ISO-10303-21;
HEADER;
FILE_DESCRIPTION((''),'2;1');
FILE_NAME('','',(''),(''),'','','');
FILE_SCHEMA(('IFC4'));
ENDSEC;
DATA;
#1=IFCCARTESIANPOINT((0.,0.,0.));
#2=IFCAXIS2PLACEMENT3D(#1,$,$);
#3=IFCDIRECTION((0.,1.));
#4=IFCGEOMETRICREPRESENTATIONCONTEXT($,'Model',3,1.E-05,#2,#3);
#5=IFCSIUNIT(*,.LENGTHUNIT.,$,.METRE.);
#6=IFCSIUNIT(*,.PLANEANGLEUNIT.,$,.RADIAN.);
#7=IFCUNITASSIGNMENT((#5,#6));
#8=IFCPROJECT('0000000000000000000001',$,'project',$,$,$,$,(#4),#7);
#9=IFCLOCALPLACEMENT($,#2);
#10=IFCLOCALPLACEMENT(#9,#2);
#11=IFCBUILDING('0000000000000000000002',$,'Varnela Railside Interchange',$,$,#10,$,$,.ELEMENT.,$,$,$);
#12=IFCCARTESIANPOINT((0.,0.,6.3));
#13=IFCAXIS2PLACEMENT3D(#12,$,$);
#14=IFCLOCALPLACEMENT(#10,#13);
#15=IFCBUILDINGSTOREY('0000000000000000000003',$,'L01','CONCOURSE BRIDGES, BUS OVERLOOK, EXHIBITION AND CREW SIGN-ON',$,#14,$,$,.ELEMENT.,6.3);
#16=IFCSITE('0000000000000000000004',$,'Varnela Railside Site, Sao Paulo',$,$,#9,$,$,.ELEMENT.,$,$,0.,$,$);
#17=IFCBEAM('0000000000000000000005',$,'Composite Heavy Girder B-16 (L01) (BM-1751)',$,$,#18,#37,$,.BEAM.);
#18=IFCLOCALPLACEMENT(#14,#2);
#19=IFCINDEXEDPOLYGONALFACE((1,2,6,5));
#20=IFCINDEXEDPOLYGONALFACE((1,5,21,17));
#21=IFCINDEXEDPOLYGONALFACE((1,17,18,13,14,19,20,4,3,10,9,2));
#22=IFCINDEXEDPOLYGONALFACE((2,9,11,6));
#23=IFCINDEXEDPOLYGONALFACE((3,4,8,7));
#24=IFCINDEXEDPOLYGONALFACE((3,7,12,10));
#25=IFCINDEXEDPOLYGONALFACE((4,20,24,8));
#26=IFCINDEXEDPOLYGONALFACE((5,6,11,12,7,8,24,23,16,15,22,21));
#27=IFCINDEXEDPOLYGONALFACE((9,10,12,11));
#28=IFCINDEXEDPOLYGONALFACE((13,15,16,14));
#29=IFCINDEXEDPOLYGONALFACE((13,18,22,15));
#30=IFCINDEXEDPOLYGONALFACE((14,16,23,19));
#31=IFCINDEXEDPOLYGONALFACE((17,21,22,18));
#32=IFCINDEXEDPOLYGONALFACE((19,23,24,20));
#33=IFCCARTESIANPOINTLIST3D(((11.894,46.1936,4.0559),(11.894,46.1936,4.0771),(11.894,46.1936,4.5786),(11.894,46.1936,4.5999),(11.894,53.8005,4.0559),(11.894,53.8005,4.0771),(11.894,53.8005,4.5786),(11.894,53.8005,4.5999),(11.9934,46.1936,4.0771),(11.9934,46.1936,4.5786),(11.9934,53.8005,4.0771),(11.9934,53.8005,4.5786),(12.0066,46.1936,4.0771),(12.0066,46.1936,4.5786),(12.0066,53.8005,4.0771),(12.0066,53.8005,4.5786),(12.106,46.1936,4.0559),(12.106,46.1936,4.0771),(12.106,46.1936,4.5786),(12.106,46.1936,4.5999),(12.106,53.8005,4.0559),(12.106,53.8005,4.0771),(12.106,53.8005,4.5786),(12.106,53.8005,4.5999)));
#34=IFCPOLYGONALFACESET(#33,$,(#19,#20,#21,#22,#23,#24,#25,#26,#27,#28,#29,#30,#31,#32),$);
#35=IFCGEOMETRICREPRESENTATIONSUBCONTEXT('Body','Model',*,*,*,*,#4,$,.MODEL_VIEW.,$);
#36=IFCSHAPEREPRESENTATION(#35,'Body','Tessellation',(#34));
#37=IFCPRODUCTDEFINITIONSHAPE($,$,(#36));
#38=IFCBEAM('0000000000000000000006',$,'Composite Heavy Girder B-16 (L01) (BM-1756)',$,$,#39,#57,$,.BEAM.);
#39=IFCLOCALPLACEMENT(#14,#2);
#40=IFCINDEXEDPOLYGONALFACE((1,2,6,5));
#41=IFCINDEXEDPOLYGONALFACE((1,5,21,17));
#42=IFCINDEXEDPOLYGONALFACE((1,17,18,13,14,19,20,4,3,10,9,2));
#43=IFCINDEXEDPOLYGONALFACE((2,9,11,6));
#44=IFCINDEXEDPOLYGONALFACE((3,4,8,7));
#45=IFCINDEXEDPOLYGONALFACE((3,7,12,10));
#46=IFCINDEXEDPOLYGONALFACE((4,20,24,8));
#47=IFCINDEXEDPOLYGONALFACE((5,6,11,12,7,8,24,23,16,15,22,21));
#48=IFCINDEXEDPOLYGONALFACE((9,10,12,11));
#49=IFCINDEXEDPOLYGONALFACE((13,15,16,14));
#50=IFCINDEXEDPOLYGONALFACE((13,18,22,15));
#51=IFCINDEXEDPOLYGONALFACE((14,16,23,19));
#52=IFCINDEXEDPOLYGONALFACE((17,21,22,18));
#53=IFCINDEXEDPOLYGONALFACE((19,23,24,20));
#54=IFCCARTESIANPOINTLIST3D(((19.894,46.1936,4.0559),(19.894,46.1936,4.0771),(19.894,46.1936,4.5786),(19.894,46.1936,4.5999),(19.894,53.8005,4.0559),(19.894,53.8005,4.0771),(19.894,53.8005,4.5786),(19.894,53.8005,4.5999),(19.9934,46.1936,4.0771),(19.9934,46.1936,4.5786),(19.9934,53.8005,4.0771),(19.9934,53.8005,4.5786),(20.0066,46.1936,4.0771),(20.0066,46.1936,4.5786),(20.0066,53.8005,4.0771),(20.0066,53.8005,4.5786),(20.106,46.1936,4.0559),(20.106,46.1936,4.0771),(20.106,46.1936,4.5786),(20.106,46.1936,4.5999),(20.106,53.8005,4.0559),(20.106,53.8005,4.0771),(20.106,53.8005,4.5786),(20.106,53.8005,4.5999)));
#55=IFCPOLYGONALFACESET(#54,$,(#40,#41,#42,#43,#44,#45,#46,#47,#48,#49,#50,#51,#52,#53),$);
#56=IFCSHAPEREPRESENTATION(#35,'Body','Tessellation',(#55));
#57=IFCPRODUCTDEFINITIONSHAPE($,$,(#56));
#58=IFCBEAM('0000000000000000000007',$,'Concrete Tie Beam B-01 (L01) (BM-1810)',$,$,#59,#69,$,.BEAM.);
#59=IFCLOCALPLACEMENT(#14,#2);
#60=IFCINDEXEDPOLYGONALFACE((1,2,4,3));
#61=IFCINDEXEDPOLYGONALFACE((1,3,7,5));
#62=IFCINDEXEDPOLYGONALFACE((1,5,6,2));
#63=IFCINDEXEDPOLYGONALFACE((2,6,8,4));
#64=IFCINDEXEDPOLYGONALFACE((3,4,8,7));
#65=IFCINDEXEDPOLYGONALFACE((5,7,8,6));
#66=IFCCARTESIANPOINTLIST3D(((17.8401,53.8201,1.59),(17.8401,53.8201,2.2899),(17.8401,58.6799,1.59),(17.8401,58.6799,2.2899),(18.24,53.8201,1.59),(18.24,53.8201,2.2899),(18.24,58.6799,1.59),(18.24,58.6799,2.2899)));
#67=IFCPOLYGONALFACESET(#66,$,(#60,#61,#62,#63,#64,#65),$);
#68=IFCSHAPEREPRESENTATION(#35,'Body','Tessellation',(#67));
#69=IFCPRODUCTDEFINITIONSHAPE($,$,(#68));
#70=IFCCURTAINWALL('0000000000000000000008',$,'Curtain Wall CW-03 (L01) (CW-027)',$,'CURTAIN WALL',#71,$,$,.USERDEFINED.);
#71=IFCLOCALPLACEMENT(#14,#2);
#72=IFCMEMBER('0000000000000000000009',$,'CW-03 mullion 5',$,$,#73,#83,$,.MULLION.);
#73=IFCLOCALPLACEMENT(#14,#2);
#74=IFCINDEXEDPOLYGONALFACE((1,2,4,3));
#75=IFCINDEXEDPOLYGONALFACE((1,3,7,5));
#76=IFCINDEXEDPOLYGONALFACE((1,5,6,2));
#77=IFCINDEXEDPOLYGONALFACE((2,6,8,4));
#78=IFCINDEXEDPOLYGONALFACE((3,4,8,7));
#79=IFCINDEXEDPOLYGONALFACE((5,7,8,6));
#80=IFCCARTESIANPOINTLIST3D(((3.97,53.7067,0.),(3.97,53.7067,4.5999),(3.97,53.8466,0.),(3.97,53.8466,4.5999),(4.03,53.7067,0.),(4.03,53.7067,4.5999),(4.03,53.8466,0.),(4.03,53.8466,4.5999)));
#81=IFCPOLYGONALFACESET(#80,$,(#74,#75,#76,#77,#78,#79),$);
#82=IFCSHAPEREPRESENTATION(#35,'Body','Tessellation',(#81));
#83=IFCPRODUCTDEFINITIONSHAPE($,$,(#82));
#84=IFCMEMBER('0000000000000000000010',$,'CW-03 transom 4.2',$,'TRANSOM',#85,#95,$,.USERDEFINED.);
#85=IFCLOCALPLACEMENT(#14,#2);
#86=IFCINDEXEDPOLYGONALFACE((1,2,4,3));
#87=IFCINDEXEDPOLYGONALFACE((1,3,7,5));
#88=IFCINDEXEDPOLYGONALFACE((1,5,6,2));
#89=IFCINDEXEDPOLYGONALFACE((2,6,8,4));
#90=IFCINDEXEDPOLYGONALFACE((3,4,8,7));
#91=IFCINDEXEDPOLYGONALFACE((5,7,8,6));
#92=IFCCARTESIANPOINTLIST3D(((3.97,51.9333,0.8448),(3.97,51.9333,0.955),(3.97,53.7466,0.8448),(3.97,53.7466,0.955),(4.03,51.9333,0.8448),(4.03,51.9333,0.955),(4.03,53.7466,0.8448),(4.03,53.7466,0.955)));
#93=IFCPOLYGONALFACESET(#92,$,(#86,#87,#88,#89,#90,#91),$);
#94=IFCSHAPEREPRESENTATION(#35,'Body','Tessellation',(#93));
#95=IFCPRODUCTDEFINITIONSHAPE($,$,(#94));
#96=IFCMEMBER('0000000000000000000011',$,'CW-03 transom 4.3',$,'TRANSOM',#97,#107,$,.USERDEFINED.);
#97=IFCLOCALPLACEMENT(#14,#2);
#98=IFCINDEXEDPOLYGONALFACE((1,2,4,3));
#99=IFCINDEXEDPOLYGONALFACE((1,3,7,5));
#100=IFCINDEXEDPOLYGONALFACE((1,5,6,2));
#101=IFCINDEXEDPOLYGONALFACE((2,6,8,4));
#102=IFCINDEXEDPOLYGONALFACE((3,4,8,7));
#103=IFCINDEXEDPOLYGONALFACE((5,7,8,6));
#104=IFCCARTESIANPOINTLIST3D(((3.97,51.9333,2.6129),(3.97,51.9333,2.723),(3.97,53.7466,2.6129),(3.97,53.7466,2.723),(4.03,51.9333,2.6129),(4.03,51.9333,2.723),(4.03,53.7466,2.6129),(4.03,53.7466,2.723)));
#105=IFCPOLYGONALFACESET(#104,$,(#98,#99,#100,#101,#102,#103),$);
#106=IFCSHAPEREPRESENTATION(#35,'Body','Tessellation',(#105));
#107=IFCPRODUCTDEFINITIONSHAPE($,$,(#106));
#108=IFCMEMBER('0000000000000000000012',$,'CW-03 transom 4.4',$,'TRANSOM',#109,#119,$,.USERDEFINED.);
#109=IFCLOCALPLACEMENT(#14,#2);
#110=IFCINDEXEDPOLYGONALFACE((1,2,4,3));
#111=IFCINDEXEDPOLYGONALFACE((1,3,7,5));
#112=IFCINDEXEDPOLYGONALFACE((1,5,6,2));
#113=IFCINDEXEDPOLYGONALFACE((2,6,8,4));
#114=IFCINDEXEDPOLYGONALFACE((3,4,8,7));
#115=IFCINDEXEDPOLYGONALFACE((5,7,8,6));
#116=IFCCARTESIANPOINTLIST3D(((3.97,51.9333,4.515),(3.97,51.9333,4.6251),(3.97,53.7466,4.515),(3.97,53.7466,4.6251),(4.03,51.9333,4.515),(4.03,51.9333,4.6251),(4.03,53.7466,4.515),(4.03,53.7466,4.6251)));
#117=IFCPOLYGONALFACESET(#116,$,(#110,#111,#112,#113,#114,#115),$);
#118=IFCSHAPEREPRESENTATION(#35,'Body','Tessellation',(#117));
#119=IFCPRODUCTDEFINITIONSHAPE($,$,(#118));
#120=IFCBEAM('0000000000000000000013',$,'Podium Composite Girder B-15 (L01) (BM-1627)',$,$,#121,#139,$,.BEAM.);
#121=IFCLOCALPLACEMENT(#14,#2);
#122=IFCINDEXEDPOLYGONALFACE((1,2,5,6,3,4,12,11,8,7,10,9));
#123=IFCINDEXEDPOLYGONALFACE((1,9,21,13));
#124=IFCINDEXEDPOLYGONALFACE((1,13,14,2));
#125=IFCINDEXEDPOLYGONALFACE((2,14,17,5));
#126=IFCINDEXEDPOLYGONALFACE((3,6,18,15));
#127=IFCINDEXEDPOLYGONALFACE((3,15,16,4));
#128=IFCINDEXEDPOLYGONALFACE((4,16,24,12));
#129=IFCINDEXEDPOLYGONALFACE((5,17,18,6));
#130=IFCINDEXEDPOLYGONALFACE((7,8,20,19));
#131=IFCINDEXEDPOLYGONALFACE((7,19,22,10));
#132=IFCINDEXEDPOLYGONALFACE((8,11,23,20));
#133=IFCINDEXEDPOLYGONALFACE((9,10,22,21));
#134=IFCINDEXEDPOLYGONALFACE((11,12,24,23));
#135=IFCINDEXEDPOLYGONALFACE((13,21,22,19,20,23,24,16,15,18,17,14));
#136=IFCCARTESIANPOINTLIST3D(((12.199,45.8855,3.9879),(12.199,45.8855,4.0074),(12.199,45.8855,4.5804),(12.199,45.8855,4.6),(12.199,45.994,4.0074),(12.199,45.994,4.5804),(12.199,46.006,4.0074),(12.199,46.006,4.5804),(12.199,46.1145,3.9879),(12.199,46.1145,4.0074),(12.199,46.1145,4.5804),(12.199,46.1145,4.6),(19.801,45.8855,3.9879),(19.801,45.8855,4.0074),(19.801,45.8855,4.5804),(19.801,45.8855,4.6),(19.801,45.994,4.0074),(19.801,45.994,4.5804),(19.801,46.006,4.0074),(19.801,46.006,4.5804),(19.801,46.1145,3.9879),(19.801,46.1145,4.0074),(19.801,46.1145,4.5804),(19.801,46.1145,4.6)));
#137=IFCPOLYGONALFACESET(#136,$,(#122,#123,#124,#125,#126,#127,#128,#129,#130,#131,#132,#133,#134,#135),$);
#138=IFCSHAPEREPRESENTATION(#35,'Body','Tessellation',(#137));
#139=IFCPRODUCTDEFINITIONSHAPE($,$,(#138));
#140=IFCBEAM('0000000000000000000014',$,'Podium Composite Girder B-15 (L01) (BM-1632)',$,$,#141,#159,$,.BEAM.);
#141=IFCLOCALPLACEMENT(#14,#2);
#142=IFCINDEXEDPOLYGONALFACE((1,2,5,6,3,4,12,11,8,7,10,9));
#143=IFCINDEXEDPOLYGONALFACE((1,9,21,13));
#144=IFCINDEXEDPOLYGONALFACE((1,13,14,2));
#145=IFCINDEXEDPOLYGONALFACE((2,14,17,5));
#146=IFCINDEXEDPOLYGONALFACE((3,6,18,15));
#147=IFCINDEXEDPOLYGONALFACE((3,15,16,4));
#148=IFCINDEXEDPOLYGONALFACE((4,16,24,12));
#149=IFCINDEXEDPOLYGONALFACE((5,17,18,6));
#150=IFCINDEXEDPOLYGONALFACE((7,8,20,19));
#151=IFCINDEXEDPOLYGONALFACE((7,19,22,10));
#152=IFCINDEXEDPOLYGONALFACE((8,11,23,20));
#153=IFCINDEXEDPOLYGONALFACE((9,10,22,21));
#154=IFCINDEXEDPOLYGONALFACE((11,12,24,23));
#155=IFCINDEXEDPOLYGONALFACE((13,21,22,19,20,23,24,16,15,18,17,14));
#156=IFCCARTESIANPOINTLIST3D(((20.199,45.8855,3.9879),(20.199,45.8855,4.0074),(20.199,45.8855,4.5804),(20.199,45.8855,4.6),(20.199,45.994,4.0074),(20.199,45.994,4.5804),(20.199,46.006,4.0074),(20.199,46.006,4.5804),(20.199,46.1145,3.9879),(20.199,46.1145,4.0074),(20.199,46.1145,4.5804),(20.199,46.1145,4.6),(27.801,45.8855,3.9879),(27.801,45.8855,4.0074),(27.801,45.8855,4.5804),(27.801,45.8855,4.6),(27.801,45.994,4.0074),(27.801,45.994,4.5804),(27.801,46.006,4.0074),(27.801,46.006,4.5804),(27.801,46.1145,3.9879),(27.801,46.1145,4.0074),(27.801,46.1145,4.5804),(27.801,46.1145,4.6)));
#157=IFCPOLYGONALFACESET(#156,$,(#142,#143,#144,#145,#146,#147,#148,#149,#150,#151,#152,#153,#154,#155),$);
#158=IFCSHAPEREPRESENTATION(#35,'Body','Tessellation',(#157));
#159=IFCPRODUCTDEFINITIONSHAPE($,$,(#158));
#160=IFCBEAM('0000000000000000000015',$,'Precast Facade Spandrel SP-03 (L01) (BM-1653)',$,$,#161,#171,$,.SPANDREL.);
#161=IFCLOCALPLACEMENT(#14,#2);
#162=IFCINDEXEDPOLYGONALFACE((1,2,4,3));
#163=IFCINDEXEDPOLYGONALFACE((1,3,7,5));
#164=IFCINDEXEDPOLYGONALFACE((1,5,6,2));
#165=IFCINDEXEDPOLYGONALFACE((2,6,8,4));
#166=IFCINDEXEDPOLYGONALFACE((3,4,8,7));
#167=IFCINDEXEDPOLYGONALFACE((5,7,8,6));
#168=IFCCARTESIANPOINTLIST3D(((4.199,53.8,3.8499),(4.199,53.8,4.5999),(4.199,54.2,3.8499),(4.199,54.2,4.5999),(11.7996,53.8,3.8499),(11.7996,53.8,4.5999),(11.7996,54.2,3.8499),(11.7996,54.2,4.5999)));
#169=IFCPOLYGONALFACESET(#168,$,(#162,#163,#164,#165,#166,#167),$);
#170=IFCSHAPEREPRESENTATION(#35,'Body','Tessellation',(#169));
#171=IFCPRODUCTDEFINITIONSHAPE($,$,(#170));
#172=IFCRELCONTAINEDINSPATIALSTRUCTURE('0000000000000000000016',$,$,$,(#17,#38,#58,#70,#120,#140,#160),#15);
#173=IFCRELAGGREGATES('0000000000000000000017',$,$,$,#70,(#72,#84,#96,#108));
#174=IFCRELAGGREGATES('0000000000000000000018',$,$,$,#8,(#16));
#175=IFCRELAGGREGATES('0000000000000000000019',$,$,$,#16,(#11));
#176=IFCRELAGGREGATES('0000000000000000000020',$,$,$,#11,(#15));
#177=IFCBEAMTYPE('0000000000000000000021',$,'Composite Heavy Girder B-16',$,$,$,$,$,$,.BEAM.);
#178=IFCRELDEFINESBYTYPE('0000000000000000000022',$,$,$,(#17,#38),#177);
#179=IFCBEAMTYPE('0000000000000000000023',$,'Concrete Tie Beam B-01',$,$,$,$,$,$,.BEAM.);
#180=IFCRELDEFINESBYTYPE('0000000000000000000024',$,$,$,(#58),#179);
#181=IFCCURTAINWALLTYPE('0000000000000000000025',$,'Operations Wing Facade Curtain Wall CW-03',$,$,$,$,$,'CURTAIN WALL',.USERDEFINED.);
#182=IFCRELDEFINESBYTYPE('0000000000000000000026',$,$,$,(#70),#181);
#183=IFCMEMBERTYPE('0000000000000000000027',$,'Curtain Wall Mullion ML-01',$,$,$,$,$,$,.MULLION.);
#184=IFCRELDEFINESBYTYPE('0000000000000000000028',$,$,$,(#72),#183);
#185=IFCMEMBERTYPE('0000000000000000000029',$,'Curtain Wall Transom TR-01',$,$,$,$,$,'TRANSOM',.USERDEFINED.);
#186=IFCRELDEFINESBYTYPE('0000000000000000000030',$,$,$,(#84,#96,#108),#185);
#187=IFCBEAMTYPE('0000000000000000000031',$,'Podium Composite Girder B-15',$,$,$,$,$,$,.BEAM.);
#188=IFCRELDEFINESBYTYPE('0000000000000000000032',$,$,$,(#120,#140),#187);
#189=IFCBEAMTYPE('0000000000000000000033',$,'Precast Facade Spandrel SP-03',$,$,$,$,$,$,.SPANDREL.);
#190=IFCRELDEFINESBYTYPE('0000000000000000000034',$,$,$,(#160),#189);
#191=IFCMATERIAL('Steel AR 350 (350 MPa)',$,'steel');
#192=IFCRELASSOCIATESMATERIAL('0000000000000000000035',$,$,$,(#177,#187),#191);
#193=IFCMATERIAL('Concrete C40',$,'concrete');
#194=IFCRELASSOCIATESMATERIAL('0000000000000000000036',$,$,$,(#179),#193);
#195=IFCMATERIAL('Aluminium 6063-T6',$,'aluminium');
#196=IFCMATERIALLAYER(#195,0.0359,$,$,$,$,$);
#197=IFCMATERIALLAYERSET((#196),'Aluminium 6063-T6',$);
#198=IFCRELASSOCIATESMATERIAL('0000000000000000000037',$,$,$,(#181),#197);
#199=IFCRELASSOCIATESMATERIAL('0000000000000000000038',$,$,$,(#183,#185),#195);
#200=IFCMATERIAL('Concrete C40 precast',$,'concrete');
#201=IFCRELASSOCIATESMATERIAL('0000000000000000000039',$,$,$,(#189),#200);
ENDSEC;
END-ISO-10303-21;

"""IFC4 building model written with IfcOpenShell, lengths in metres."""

from ifc_helpers import new_model, si_unit, direction, frame, origin, origin_2d, place, context, subcontext, project, spatial, rectangle, i_section, extrude, material, layer, layer_set, material_profile, profile_set, type_object, element, aggregate, save


model = new_model("IFC4")

# Units and contexts
model_context = context("Model", 3, precision=1e-05, world=origin(), true_north=direction((0.0, 1.0)))
body_context = subcontext(model_context, "Body", "Model", "MODEL_VIEW")
ifc_project = project(units=[si_unit("LENGTHUNIT", "METRE"), si_unit("PLANEANGLEUNIT", "RADIAN")], contexts=[model_context])

# Site, building, storey
site_placement = place(None, origin())
site = spatial("IfcSite", under=ifc_project, at=site_placement, Name="Varnela Railside Site, Sao Paulo", CompositionType="ELEMENT", RefElevation=0.0)
building_placement = place(site_placement, origin())
building = spatial("IfcBuilding", under=site, at=building_placement, Name="Varnela Railside Interchange", CompositionType="ELEMENT")
storey_placement = place(building_placement, frame((0.0, 0.0, 6.3)))
storey = spatial("IfcBuildingStorey", under=building, at=storey_placement, Name="L01", Description="CONCOURSE BRIDGES, BUS OVERLOOK, EXHIBITION AND CREW SIGN-ON", CompositionType="ELEMENT", Elevation=6.3)

# Shared definitions
ifc_material_1 = material(Name="Steel AR 350 (350 MPa)", Category="steel")

# Beams
ifc_material_profile_1 = material_profile(ifc_material_1, i_section(OverallWidth=0.2119, OverallDepth=0.5439, WebThickness=0.0132, FlangeThickness=0.0212, at=origin_2d()), Name="W530x123")
ifc_profile_set_1 = profile_set([ifc_material_profile_1], Name="Steel AR 350 (350 MPa)")
beam_type_1 = type_object("IfcBeamType", Name="Composite Heavy Girder B-16", PredefinedType="BEAM", material=ifc_profile_set_1)
for number, where, z_axis, x_axis, name in (
    (1, (12.0, 46.1936, 4.3279), (0.0, 1.0, 0.0), (-1.0, 0.0, 0.0), "Composite Heavy Girder B-16 (L01) (BM-1751)"),
    (2, (20.0, 46.1936, 4.3279), (0.0, 1.0, 0.0), (-1.0, 0.0, 0.0), "Composite Heavy Girder B-16 (L01) (BM-1756)"),
):
    element("IfcBeam", number, at=place(storey_placement, frame(where, z_axis=z_axis, x_axis=x_axis)), inside=storey, type_object=beam_type_1, Name=name, PredefinedType="BEAM", context=body_context, shape_type="SweptSolid", body=[
        extrude(i_section(OverallWidth=0.2119, OverallDepth=0.5439, WebThickness=0.0132, FlangeThickness=0.0212, at=origin_2d()), origin(), (0.0, 0.0, 1.0), 7.6069),
    ])
ifc_material_2 = material(Name="Concrete C40", Category="concrete")
ifc_material_profile_2 = material_profile(ifc_material_2, rectangle(XDim=0.3999, YDim=0.7, at=origin_2d()), Name="RC 400x700")
ifc_profile_set_2 = profile_set([ifc_material_profile_2], Name="Concrete C40")
beam_type_2 = type_object("IfcBeamType", Name="Concrete Tie Beam B-01", PredefinedType="BEAM", material=ifc_profile_set_2)
beam_1_placement = place(storey_placement, frame((18.04, 53.8201, 1.9399), z_axis=(0.0, 1.0, 0.0), x_axis=(-1.0, 0.0, 0.0)))
element("IfcBeam", 3, at=beam_1_placement, inside=storey, type_object=beam_type_2, Name="Concrete Tie Beam B-01 (L01) (BM-1810)", PredefinedType="BEAM", context=body_context, shape_type="SweptSolid", body=[
    extrude(rectangle(XDim=0.3999, YDim=0.7, at=origin_2d()), origin(), (0.0, 0.0, 1.0), 4.8599),
])

# Curtain wall, members
ifc_material_3 = material(Name="Aluminium 6063-T6", Category="aluminium")
ifc_layer_1 = layer(ifc_material_3, 0.0359)
ifc_layer_set_1 = layer_set([ifc_layer_1], Name="Aluminium 6063-T6")
curtain_wall_type = type_object("IfcCurtainWallType", Name="Operations Wing Facade Curtain Wall CW-03", ElementType="CURTAIN WALL", PredefinedType="USERDEFINED", material=ifc_layer_set_1)
curtain_wall_placement = place(storey_placement, origin())
curtain_wall = element("IfcCurtainWall", 4, at=curtain_wall_placement, inside=storey, type_object=curtain_wall_type, Name="Curtain Wall CW-03 (L01) (CW-027)", ObjectType="CURTAIN WALL", PredefinedType="USERDEFINED")
ifc_material_profile_3 = material_profile(ifc_material_3, rectangle(XDim=0.0601, YDim=0.1399, at=origin_2d()), Name="ALU 60x140")
ifc_profile_set_3 = profile_set([ifc_material_profile_3], Name="Aluminium 6063-T6")
member_type_1 = type_object("IfcMemberType", Name="Curtain Wall Mullion ML-01", PredefinedType="MULLION", material=ifc_profile_set_3)
member_1_placement = place(storey_placement, frame((4.0, 53.7766, 0.0), z_axis=(0.0, 0.0, 1.0), x_axis=(-1.0, 0.0, 0.0)))
member_1 = element("IfcMember", 5, at=member_1_placement, type_object=member_type_1, Name="CW-03 mullion 5", PredefinedType="MULLION", context=body_context, shape_type="SweptSolid", body=[
    extrude(rectangle(XDim=0.0601, YDim=0.1399, at=origin_2d()), origin(), (0.0, 0.0, 1.0), 4.5999),
])
ifc_material_profile_4 = material_profile(ifc_material_3, rectangle(XDim=0.0601, YDim=0.1101, at=origin_2d()), Name="ALU 60x110")
ifc_profile_set_4 = profile_set([ifc_material_profile_4], Name="Aluminium 6063-T6")
member_type_2 = type_object("IfcMemberType", Name="Curtain Wall Transom TR-01", ElementType="TRANSOM", PredefinedType="USERDEFINED", material=ifc_profile_set_4)
member_2_placement = place(storey_placement, frame((4.0, 51.9333, 0.8999), z_axis=(0.0, 1.0, 0.0), x_axis=(-1.0, 0.0, 0.0)))
member_2 = element("IfcMember", 6, at=member_2_placement, type_object=member_type_2, Name="CW-03 transom 4.2", ObjectType="TRANSOM", PredefinedType="USERDEFINED", context=body_context, shape_type="SweptSolid", body=[
    extrude(rectangle(XDim=0.0601, YDim=0.1101, at=origin_2d()), origin(), (0.0, 0.0, 1.0), 1.8132),
])
member_3_placement = place(storey_placement, frame((4.0, 51.9333, 2.668), z_axis=(0.0, 1.0, 0.0), x_axis=(-1.0, 0.0, 0.0)))
member_3 = element("IfcMember", 7, at=member_3_placement, type_object=member_type_2, Name="CW-03 transom 4.3", ObjectType="TRANSOM", PredefinedType="USERDEFINED", context=body_context, shape_type="SweptSolid", body=[
    extrude(rectangle(XDim=0.0601, YDim=0.1101, at=origin_2d()), origin(), (0.0, 0.0, 1.0), 1.8132),
])
member_4_placement = place(storey_placement, frame((4.0, 51.9333, 4.5701), z_axis=(0.0, 1.0, 0.0), x_axis=(-1.0, 0.0, 0.0)))
member_4 = element("IfcMember", 8, at=member_4_placement, type_object=member_type_2, Name="CW-03 transom 4.4", ObjectType="TRANSOM", PredefinedType="USERDEFINED", context=body_context, shape_type="SweptSolid", body=[
    extrude(rectangle(XDim=0.0601, YDim=0.1101, at=origin_2d()), origin(), (0.0, 0.0, 1.0), 1.8132),
])

# Beams
ifc_material_profile_5 = material_profile(ifc_material_1, i_section(OverallWidth=0.229, OverallDepth=0.6121, WebThickness=0.012, FlangeThickness=0.0195, at=origin_2d()), Name="W610x125")
ifc_profile_set_5 = profile_set([ifc_material_profile_5], Name="Steel AR 350 (350 MPa)")
beam_type_3 = type_object("IfcBeamType", Name="Podium Composite Girder B-15", PredefinedType="BEAM", material=ifc_profile_set_5)
for number, where, z_axis, x_axis, name in (
    (9, (12.199, 46.0, 4.2939), (1.0, 0.0, 0.0), (0.0, 1.0, 0.0), "Podium Composite Girder B-15 (L01) (BM-1627)"),
    (10, (20.199, 46.0, 4.2939), (1.0, 0.0, 0.0), (0.0, 1.0, 0.0), "Podium Composite Girder B-15 (L01) (BM-1632)"),
):
    element("IfcBeam", number, at=place(storey_placement, frame(where, z_axis=z_axis, x_axis=x_axis)), inside=storey, type_object=beam_type_3, Name=name, PredefinedType="BEAM", context=body_context, shape_type="SweptSolid", body=[
        extrude(i_section(OverallWidth=0.229, OverallDepth=0.6121, WebThickness=0.012, FlangeThickness=0.0195, at=origin_2d()), origin(), (0.0, 0.0, 1.0), 7.6021),
    ])
ifc_material_4 = material(Name="Concrete C40 precast", Category="concrete")
ifc_material_profile_6 = material_profile(ifc_material_4, rectangle(XDim=0.3999, YDim=0.75, at=origin_2d()), Name="PC 400x750")
ifc_profile_set_6 = profile_set([ifc_material_profile_6], Name="Concrete C40 precast")
beam_type_4 = type_object("IfcBeamType", Name="Precast Facade Spandrel SP-03", PredefinedType="SPANDREL", material=ifc_profile_set_6)
beam_2_placement = place(storey_placement, frame((4.199, 54.0, 4.2249), z_axis=(1.0, 0.0, 0.0), x_axis=(0.0, 1.0, 0.0)))
element("IfcBeam", 11, at=beam_2_placement, inside=storey, type_object=beam_type_4, Name="Precast Facade Spandrel SP-03 (L01) (BM-1653)", PredefinedType="SPANDREL", context=body_context, shape_type="SweptSolid", body=[
    extrude(rectangle(XDim=0.3999, YDim=0.75, at=origin_2d()), origin(), (0.0, 0.0, 1.0), 7.6006),
])

aggregate(curtain_wall, [member_1, member_2, member_3, member_4])

save(model, "model.ifc")
